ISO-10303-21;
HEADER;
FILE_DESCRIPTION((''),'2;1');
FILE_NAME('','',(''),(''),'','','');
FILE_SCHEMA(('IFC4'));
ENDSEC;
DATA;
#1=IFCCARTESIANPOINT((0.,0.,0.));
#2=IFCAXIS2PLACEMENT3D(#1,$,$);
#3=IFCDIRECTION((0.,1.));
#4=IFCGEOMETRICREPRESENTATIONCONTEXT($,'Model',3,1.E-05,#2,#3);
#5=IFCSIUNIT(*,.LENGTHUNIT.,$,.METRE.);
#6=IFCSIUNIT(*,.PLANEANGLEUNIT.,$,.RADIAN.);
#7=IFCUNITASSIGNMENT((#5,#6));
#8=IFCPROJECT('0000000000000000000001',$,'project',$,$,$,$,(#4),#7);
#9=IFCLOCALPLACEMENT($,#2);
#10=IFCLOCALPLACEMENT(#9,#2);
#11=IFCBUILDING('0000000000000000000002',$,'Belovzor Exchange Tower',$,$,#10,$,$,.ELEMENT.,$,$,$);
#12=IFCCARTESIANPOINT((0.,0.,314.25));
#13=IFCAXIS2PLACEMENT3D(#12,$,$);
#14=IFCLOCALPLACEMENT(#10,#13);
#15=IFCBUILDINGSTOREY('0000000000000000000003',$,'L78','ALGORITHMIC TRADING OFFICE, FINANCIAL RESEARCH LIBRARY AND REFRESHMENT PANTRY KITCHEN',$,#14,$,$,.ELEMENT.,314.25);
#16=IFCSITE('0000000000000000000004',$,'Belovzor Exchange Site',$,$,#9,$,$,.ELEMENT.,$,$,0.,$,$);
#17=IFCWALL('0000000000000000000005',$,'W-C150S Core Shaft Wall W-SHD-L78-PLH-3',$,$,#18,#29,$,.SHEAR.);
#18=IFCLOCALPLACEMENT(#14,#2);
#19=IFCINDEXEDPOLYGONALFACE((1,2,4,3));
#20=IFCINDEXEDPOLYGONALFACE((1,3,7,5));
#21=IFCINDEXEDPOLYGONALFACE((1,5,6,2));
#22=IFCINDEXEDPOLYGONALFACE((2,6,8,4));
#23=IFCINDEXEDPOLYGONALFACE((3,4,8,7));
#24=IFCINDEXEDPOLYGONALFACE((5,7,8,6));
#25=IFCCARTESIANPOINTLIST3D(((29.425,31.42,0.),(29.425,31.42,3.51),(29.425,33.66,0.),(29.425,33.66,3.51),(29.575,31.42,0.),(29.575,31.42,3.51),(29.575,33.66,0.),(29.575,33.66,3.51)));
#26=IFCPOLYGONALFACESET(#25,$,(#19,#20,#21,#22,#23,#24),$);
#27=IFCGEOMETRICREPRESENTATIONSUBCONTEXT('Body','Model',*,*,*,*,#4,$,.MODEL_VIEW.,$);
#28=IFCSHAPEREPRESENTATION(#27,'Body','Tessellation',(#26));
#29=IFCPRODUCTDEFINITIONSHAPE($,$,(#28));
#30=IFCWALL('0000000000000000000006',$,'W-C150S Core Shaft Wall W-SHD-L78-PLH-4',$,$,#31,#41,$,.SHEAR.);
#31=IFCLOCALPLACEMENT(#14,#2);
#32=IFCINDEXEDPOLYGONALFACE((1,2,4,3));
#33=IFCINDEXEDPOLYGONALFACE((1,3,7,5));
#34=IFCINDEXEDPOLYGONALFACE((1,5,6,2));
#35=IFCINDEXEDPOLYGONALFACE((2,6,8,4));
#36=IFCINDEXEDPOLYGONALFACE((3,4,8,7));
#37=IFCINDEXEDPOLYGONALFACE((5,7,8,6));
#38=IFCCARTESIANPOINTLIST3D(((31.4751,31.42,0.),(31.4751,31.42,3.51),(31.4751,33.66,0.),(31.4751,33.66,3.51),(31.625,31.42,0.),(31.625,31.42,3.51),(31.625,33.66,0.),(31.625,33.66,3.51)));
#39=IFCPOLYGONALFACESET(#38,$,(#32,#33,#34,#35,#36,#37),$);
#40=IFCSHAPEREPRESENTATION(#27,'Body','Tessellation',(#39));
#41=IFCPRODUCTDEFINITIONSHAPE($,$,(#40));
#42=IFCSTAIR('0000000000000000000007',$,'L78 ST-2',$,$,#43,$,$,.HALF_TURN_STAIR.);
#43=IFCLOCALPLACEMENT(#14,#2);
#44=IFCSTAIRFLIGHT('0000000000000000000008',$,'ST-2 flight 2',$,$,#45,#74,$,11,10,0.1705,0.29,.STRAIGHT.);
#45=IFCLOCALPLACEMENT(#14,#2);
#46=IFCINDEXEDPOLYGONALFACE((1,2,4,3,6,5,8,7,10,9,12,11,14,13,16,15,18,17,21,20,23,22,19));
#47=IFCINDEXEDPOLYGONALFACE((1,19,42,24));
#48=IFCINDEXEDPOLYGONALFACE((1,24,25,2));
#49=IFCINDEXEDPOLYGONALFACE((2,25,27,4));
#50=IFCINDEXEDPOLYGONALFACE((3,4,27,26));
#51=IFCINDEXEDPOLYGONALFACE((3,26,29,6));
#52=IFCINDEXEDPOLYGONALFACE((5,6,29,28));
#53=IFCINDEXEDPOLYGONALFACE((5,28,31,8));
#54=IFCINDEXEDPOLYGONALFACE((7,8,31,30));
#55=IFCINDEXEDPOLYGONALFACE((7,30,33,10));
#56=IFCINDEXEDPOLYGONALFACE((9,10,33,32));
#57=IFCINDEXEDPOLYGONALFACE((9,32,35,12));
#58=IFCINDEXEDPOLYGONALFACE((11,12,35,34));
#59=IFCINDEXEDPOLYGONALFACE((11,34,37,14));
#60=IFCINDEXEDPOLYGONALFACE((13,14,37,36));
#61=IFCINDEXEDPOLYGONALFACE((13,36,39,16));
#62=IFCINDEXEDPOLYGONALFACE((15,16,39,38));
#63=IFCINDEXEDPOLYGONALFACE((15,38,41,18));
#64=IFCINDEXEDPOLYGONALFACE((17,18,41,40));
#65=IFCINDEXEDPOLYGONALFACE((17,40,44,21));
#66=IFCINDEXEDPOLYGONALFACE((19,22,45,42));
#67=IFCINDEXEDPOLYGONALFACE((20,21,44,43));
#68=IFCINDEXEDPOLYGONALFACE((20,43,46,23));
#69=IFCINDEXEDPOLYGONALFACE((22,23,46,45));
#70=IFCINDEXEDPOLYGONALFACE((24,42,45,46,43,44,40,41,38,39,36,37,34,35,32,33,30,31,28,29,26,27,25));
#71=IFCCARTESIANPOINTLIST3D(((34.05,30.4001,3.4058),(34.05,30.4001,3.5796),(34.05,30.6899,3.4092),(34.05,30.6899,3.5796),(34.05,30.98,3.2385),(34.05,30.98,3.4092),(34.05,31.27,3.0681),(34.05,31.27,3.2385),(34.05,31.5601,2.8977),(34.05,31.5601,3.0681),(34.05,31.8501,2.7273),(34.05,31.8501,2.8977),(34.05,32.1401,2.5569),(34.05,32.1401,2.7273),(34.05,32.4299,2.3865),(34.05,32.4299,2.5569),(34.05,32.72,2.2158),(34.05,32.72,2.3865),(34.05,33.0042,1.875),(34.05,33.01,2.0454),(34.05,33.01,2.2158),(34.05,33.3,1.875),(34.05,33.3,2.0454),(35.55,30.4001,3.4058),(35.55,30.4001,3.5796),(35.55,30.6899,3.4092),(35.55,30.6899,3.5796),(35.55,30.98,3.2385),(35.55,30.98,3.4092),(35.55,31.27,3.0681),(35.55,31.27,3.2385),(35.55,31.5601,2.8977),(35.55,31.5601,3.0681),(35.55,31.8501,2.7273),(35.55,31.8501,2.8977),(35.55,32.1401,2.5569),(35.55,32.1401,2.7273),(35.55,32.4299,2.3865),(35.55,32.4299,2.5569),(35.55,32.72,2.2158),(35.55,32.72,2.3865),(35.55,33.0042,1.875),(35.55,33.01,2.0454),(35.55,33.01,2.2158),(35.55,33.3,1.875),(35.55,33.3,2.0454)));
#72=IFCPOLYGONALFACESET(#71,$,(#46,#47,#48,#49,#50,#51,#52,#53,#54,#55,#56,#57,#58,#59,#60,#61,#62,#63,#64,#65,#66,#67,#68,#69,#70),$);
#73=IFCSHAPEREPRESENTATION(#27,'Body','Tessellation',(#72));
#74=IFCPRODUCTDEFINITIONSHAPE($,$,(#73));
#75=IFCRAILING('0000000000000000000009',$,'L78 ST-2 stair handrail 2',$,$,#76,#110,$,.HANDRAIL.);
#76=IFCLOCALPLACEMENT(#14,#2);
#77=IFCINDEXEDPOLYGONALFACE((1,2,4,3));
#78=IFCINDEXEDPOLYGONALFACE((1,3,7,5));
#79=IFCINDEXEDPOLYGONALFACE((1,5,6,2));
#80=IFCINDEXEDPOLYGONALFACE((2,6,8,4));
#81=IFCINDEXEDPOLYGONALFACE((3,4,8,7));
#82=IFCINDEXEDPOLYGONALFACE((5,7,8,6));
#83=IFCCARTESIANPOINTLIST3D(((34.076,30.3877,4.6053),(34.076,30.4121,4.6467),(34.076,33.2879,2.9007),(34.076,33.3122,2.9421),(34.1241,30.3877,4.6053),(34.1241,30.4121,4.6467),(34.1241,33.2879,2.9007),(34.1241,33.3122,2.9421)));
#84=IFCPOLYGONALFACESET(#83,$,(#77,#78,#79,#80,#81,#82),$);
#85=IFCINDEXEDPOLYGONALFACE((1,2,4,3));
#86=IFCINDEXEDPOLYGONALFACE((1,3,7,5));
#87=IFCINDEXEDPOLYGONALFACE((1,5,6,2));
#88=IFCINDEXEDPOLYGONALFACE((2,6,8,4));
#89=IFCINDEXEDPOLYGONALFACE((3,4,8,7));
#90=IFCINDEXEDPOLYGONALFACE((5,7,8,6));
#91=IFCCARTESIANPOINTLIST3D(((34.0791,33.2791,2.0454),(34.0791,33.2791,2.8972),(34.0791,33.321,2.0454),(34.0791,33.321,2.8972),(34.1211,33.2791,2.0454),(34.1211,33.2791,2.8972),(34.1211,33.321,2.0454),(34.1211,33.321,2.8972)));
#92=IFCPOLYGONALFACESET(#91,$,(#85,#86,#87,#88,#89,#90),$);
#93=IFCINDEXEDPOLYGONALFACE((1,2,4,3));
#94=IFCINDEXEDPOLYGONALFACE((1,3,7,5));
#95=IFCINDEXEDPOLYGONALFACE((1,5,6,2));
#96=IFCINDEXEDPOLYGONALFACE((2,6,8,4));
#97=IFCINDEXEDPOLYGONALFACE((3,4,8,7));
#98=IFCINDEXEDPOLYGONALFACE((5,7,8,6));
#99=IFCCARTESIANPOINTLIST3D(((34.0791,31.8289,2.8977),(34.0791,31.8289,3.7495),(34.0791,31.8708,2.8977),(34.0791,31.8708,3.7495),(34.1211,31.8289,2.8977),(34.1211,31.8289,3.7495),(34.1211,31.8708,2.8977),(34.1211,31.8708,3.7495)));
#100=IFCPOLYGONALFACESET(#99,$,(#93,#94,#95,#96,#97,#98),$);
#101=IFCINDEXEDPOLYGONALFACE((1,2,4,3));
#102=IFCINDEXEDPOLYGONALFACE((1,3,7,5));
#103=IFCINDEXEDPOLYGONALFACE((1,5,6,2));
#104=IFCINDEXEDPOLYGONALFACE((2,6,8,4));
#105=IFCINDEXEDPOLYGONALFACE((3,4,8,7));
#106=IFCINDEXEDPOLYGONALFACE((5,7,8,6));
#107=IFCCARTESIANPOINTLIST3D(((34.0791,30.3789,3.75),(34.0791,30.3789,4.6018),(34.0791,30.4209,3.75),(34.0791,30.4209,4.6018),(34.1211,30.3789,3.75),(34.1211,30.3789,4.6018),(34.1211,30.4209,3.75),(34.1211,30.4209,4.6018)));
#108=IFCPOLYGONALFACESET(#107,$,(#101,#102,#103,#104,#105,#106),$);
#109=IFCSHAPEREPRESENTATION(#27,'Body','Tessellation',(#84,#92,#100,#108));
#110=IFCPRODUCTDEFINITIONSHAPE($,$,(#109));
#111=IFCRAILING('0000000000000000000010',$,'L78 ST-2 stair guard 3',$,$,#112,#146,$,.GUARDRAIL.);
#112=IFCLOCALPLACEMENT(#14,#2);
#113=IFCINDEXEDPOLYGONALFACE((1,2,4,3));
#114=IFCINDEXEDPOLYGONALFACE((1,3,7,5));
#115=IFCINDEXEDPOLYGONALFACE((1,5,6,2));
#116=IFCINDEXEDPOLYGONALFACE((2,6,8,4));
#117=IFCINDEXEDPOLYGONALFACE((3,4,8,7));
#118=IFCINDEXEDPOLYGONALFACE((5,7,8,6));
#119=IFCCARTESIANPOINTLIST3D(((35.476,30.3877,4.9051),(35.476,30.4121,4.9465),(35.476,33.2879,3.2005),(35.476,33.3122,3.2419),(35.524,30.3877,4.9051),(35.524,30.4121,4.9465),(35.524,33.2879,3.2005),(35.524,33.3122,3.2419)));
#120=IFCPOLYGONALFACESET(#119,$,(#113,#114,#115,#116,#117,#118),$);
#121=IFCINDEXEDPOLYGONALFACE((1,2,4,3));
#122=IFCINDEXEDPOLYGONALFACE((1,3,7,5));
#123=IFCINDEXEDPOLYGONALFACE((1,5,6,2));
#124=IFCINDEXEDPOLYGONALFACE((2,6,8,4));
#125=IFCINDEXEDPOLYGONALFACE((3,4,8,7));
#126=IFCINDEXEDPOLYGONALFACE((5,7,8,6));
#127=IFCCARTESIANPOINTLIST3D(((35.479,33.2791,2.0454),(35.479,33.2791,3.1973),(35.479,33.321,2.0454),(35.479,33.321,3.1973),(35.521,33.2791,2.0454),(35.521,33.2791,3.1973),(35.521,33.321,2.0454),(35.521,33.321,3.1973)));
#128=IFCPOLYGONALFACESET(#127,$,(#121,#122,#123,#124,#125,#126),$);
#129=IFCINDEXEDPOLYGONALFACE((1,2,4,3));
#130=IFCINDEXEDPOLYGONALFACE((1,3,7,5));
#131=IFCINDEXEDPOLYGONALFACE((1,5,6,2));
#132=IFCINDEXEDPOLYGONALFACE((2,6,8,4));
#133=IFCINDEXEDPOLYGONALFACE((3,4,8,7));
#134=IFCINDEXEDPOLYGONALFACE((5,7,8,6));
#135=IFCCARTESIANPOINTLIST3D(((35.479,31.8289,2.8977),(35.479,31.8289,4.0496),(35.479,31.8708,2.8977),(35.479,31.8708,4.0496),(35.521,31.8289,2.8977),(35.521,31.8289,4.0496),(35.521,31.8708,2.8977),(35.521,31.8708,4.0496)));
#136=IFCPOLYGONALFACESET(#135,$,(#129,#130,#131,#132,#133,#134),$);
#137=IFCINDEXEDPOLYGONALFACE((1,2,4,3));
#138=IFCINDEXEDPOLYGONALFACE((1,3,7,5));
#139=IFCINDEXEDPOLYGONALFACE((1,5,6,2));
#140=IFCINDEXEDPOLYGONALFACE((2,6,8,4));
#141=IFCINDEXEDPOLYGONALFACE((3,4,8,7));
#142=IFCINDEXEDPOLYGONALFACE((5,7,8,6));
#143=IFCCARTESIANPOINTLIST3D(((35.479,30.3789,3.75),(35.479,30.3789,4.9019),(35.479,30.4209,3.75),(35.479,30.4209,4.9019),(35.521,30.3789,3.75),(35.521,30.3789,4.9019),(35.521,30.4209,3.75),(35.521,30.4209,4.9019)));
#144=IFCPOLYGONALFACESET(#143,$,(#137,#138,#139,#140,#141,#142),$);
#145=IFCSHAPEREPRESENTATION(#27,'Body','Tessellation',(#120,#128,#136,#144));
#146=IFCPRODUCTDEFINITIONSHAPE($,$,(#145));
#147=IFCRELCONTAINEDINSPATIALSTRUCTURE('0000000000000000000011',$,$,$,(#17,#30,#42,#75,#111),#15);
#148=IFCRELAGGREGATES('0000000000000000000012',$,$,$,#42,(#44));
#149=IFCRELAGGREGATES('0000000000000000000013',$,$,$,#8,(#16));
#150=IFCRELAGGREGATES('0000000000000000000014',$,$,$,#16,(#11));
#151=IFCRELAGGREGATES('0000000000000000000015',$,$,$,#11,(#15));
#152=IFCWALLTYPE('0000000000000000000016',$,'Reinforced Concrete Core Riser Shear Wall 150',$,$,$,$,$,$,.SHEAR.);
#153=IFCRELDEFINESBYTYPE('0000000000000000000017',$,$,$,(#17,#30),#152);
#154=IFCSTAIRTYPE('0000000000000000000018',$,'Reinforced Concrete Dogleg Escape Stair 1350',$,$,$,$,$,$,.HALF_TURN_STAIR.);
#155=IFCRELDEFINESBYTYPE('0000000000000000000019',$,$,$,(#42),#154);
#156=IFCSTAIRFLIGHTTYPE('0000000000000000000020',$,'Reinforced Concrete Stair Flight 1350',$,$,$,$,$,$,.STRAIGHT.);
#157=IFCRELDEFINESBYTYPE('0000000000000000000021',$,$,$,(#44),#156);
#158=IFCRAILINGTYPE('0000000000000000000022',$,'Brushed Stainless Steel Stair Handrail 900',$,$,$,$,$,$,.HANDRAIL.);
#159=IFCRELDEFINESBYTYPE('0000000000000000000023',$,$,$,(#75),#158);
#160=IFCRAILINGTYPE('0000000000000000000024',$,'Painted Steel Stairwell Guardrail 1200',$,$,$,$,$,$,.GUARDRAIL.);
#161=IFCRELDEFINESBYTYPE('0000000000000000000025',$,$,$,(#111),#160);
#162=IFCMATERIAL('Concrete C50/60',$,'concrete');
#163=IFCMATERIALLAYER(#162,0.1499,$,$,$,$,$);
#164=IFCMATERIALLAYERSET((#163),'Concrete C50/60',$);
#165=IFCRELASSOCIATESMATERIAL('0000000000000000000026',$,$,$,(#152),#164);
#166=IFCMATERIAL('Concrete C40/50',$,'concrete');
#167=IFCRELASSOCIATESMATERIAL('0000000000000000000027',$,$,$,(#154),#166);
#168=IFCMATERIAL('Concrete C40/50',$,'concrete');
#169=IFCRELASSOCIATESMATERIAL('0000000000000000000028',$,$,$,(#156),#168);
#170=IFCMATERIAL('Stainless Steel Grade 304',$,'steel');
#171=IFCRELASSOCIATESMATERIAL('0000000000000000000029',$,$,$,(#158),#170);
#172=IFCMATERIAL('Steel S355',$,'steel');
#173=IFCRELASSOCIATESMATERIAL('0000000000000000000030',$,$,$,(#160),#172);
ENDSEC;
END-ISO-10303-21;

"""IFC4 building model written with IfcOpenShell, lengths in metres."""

from ifc_helpers import new_model, si_unit, direction, frame, frame_2d, origin, origin_2d, place, context, subcontext, project, spatial, polyline, rectangle, outline, extrude, material, layer, layer_set, type_object, element, aggregate, save


model = new_model("IFC4")

# Units and contexts
model_context = context("Model", 3, precision=1e-05, world=origin(), true_north=direction((0.0, 1.0)))
body_context = subcontext(model_context, "Body", "Model", "MODEL_VIEW")
ifc_project = project(units=[si_unit("LENGTHUNIT", "METRE"), si_unit("PLANEANGLEUNIT", "RADIAN")], contexts=[model_context])

# Site, building, storey
site_placement = place(None, origin())
site = spatial("IfcSite", under=ifc_project, at=site_placement, Name="Belovzor Exchange Site", CompositionType="ELEMENT", RefElevation=0.0)
building_placement = place(site_placement, origin())
building = spatial("IfcBuilding", under=site, at=building_placement, Name="Belovzor Exchange Tower", CompositionType="ELEMENT")
storey_placement = place(building_placement, frame((0.0, 0.0, 314.25)))
storey = spatial("IfcBuildingStorey", under=building, at=storey_placement, Name="L78", Description="ALGORITHMIC TRADING OFFICE, FINANCIAL RESEARCH LIBRARY AND REFRESHMENT PANTRY KITCHEN", CompositionType="ELEMENT", Elevation=314.25)

# Walls
ifc_material_1 = material(Name="Concrete C50/60", Category="concrete")
ifc_layer_1 = layer(ifc_material_1, 0.1499)
ifc_layer_set_1 = layer_set([ifc_layer_1], Name="Concrete C50/60")
wall_type_1 = type_object("IfcWallType", Name="Reinforced Concrete Core Riser Shear Wall 150", PredefinedType="SHEAR", material=ifc_layer_set_1)
for number, where, z_axis, x_axis, name in (
    (1, (29.5, 31.4199, 0.0), (0.0, 0.0, 1.0), (0.0, 1.0, 0.0), "W-C150S Core Shaft Wall W-SHD-L78-PLH-3"),
    (2, (31.55, 31.4199, 0.0), (0.0, 0.0, 1.0), (0.0, 1.0, 0.0), "W-C150S Core Shaft Wall W-SHD-L78-PLH-4"),
):
    element("IfcWall", number, at=place(storey_placement, frame(where, z_axis=z_axis, x_axis=x_axis)), inside=storey, type_object=wall_type_1, Name=name, PredefinedType="SHEAR", context=body_context, shape_type="SweptSolid", body=[
        extrude(rectangle(XDim=2.24, YDim=0.1499, at=frame_2d((1.1201, 0.0))), origin(), (0.0, 0.0, 1.0), 3.51),
    ])

# Stair, stair flight
ifc_material_2 = material(Name="Concrete C40/50", Category="concrete")
stair_type = type_object("IfcStairType", Name="Reinforced Concrete Dogleg Escape Stair 1350", PredefinedType="HALF_TURN_STAIR", material=ifc_material_2)
stair_placement = place(storey_placement, origin())
stair = element("IfcStair", 3, at=stair_placement, inside=storey, type_object=stair_type, Name="L78 ST-2", PredefinedType="HALF_TURN_STAIR")
ifc_material_3 = material(Name="Concrete C40/50", Category="concrete")
stair_flight_type = type_object("IfcStairFlightType", Name="Reinforced Concrete Stair Flight 1350", PredefinedType="STRAIGHT", material=ifc_material_3)
stair_flight_placement = place(storey_placement, frame((34.8, 33.3, 1.875), z_axis=(0.0, 0.0, 1.0), x_axis=(0.0, -1.0, 0.0)))
stair_flight = element("IfcStairFlight", 4, at=stair_flight_placement, type_object=stair_flight_type, Name="ST-2 flight 2", NumberOfRisers=11, NumberOfTreads=10, PredefinedType="STRAIGHT", RiserHeight=0.1705, TreadLength=0.29, context=body_context, shape_type="SweptSolid", body=[
    extrude(outline(polyline([(0.0, 0.0), (0.0, 0.1704), (0.29, 0.1704), (0.29, 0.3408), (0.5801, 0.3408), (0.5801, 0.5115), (0.8701, 0.5115), (0.8701, 0.6819), (1.1599, 0.6819), (1.1599, 0.8523), (1.45, 0.8523), (1.45, 1.0227), (1.74, 1.0227), (1.74, 1.1931), (2.03, 1.1931), (2.03, 1.3635), (2.3201, 1.3635), (2.3201, 1.5342), (2.6101, 1.5342), (2.6101, 1.7046), (2.8999, 1.7046), (2.8999, 1.875), (2.8999, 1.5308), (0.2959, 0.0), (0.0, 0.0)])), frame((0.0, 0.75, 0.0), z_axis=(0.0, -1.0, 0.0), x_axis=(1.0, 0.0, 0.0)), (0.0, 0.0, 1.0), 1.5),
])
aggregate(stair, [stair_flight])

# Railings
ifc_material_4 = material(Name="Stainless Steel Grade 304", Category="steel")
railing_type_1 = type_object("IfcRailingType", Name="Brushed Stainless Steel Stair Handrail 900", PredefinedType="HANDRAIL", material=ifc_material_4)
railing_1_placement = place(storey_placement, frame((34.1001, 33.3, 2.0454)))
element("IfcRailing", 5, at=railing_1_placement, inside=storey, type_object=railing_type_1, Name="L78 ST-2 stair handrail 2", PredefinedType="HANDRAIL", context=body_context, shape_type="SweptSolid", body=[
    extrude(rectangle(XDim=0.0481, YDim=0.0481, at=origin_2d()), frame((0.0, 0.0, 0.876), z_axis=(0.0, -0.862113, 0.506716), x_axis=(1.0, 0.0, 0.0)), (0.0, 0.0, 1.0), 3.364),
    extrude(rectangle(XDim=0.042, YDim=0.042, at=origin_2d()), origin(), (0.0, 0.0, 1.0), 0.8518),
    extrude(rectangle(XDim=0.042, YDim=0.042, at=origin_2d()), frame((0.0, -1.4502, 0.8523)), (0.0, 0.0, 1.0), 0.8518),
    extrude(rectangle(XDim=0.042, YDim=0.042, at=origin_2d()), frame((0.0, -2.9001, 1.7046)), (0.0, 0.0, 1.0), 0.8518),
])
ifc_material_5 = material(Name="Steel S355", Category="steel")
railing_type_2 = type_object("IfcRailingType", Name="Painted Steel Stairwell Guardrail 1200", PredefinedType="GUARDRAIL", material=ifc_material_5)
railing_2_placement = place(storey_placement, frame((35.5, 33.3, 2.0454)))
element("IfcRailing", 6, at=railing_2_placement, inside=storey, type_object=railing_type_2, Name="L78 ST-2 stair guard 3", PredefinedType="GUARDRAIL", context=body_context, shape_type="SweptSolid", body=[
    extrude(rectangle(XDim=0.0481, YDim=0.0481, at=origin_2d()), frame((0.0, 0.0, 1.1758), z_axis=(0.0, -0.862113, 0.506716), x_axis=(1.0, 0.0, 0.0)), (0.0, 0.0, 1.0), 3.364),
    extrude(rectangle(XDim=0.042, YDim=0.042, at=origin_2d()), origin(), (0.0, 0.0, 1.0), 1.1519),
    extrude(rectangle(XDim=0.042, YDim=0.042, at=origin_2d()), frame((0.0, -1.4502, 0.8523)), (0.0, 0.0, 1.0), 1.1519),
    extrude(rectangle(XDim=0.042, YDim=0.042, at=origin_2d()), frame((0.0, -2.9001, 1.7046)), (0.0, 0.0, 1.0), 1.1519),
])

save(model, "model.ifc")
